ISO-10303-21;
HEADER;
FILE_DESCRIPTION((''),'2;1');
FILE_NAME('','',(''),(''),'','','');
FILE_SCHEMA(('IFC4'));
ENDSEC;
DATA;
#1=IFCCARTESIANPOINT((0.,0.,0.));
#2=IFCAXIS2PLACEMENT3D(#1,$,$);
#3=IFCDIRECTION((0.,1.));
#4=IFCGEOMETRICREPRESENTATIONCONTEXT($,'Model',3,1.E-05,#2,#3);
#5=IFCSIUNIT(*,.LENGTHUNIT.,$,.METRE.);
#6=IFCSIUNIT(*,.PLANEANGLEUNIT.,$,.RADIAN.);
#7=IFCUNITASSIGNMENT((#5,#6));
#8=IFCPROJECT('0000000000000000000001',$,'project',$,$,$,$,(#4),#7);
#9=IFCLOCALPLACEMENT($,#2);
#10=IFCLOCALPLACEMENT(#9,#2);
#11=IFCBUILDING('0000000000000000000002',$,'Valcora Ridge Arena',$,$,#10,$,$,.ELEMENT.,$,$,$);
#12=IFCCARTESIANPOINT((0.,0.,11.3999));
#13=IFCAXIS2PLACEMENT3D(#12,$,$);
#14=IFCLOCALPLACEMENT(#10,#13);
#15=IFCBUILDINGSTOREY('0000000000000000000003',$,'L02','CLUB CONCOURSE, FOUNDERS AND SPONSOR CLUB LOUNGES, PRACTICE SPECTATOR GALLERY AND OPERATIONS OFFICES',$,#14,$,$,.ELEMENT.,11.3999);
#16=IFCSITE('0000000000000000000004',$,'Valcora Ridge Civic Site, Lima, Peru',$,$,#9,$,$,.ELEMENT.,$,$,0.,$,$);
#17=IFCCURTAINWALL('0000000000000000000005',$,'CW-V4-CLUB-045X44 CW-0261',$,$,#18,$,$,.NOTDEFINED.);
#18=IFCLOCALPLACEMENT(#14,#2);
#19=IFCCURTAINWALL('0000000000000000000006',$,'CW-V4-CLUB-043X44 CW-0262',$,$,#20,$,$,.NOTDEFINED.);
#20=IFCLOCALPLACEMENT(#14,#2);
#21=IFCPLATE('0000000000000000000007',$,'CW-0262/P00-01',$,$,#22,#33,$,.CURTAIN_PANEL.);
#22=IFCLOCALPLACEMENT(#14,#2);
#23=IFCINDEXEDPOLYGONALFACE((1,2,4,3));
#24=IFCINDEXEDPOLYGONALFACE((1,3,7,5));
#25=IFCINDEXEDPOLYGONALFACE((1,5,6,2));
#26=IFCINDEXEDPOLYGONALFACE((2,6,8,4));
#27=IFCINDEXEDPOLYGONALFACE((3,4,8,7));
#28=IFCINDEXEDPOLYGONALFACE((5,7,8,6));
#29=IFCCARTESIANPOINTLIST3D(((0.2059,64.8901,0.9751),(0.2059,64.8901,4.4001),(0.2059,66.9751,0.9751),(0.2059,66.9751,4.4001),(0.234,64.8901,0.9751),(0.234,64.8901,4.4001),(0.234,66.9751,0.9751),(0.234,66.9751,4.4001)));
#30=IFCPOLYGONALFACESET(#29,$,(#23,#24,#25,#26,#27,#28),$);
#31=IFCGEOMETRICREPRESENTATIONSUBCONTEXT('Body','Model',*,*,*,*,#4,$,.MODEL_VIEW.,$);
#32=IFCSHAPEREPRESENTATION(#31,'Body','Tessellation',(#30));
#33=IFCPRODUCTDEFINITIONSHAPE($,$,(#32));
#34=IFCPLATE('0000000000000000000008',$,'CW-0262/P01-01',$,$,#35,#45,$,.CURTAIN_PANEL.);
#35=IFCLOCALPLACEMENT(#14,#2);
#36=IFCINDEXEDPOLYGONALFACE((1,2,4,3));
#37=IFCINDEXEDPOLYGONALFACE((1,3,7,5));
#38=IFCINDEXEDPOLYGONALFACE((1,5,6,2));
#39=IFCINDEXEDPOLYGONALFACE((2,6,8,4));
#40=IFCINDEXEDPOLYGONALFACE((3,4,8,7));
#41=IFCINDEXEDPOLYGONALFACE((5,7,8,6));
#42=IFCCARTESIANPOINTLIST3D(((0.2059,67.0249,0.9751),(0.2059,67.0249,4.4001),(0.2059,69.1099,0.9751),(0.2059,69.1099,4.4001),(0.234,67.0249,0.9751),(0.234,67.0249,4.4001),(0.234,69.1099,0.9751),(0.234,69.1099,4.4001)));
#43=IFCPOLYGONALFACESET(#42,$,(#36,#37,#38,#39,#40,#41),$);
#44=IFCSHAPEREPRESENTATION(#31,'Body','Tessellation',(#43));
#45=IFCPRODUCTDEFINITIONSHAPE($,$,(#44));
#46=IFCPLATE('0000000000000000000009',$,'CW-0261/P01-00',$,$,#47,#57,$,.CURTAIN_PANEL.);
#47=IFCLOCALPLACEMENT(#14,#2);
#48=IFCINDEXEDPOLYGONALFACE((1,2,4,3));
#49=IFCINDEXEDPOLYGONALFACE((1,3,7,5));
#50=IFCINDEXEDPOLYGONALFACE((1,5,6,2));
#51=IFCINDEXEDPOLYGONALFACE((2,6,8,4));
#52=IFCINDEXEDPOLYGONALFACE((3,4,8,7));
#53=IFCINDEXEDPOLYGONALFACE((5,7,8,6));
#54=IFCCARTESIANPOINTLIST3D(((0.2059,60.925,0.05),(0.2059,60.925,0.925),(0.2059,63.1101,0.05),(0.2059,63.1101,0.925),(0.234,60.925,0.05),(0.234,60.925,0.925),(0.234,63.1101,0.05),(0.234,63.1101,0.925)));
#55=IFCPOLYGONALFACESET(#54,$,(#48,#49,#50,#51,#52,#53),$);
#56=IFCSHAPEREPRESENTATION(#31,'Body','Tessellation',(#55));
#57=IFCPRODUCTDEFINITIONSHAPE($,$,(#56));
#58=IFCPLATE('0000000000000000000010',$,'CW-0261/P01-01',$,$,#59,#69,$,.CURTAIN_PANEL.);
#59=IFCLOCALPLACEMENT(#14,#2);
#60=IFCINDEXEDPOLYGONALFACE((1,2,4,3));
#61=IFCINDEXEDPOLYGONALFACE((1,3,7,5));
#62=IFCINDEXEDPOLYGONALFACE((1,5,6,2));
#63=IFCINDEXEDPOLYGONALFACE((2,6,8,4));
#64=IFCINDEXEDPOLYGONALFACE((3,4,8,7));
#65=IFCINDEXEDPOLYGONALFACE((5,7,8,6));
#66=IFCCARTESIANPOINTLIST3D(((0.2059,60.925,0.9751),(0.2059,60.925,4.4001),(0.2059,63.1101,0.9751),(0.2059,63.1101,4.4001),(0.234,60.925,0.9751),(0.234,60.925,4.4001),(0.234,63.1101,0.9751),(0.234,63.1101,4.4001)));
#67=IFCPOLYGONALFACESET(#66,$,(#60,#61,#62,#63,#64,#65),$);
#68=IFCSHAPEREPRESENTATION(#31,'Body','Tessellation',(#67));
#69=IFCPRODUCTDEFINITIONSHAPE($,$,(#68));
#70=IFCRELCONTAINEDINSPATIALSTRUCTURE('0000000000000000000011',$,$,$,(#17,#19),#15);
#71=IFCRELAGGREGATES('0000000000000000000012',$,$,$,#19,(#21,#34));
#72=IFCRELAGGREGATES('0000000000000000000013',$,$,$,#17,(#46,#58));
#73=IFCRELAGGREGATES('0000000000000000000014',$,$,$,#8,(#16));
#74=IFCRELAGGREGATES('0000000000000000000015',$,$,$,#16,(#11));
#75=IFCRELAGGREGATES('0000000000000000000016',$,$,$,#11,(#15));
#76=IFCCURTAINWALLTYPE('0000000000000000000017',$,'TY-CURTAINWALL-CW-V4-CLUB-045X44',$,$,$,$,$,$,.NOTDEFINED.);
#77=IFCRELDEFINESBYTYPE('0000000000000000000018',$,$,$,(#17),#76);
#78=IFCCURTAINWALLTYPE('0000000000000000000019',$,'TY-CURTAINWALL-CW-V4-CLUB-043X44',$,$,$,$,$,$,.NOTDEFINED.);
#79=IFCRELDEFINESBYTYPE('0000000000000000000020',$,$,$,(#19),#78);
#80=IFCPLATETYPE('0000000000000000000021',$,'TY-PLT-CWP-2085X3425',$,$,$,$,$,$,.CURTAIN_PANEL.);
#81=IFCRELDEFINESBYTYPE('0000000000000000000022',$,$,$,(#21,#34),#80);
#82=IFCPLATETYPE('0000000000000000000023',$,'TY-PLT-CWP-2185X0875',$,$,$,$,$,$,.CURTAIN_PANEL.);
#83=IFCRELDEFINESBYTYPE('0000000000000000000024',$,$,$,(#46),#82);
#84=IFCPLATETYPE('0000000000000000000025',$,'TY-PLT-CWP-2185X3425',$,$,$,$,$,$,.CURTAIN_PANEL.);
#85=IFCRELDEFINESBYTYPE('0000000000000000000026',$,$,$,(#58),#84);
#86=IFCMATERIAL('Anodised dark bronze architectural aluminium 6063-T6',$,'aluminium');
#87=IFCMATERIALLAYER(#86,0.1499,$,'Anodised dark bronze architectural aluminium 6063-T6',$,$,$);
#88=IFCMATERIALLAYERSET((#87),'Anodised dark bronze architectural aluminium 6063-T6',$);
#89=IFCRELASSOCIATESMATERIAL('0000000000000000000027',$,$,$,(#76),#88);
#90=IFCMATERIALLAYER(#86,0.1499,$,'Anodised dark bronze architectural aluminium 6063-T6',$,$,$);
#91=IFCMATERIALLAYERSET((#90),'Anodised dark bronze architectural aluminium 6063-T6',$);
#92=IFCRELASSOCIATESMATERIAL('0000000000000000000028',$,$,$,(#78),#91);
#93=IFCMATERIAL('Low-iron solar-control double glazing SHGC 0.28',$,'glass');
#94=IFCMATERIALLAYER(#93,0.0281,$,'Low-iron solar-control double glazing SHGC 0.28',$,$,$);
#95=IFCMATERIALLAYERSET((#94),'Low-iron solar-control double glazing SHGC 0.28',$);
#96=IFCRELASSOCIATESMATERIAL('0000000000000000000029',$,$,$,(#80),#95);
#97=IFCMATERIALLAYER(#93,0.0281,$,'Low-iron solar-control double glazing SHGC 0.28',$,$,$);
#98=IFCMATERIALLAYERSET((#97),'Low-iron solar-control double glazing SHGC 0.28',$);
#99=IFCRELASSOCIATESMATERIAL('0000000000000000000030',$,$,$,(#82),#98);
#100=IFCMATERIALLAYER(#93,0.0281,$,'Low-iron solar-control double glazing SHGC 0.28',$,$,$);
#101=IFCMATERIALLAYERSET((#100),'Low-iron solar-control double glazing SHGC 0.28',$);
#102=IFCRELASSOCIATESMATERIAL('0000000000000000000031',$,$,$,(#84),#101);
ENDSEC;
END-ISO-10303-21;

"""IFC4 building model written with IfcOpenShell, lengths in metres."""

from ifc_helpers import new_model, si_unit, direction, frame, origin, origin_2d, place, context, subcontext, project, spatial, rectangle, extrude, material, layer, layer_set, type_object, element, aggregate, save


model = new_model("IFC4")

# Units and contexts
model_context = context("Model", 3, precision=1e-05, world=origin(), true_north=direction((0.0, 1.0)))
body_context = subcontext(model_context, "Body", "Model", "MODEL_VIEW")
ifc_project = project(units=[si_unit("LENGTHUNIT", "METRE"), si_unit("PLANEANGLEUNIT", "RADIAN")], contexts=[model_context])

# Site, building, storey
site_placement = place(None, origin())
site = spatial("IfcSite", under=ifc_project, at=site_placement, Name="Valcora Ridge Civic Site, Lima, Peru", CompositionType="ELEMENT", RefElevation=0.0)
building_placement = place(site_placement, origin())
building = spatial("IfcBuilding", under=site, at=building_placement, Name="Valcora Ridge Arena", CompositionType="ELEMENT")
storey_placement = place(building_placement, frame((0.0, 0.0, 11.3999)))
storey = spatial("IfcBuildingStorey", under=building, at=storey_placement, Name="L02", Description="CLUB CONCOURSE, FOUNDERS AND SPONSOR CLUB LOUNGES, PRACTICE SPECTATOR GALLERY AND OPERATIONS OFFICES", CompositionType="ELEMENT", Elevation=11.3999)

# Curtain wall
ifc_material_1 = material(Name="Anodised dark bronze architectural aluminium 6063-T6", Category="aluminium")
ifc_layer_1 = layer(ifc_material_1, 0.1499, Name="Anodised dark bronze architectural aluminium 6063-T6")
ifc_layer_set_1 = layer_set([ifc_layer_1], Name="Anodised dark bronze architectural aluminium 6063-T6")
curtain_wall_type_1 = type_object("IfcCurtainWallType", Name="TY-CURTAINWALL-CW-V4-CLUB-045X44", PredefinedType="NOTDEFINED", material=ifc_layer_set_1)
curtain_wall_1_placement = place(storey_placement, origin())
curtain_wall_1 = element("IfcCurtainWall", 1, at=curtain_wall_1_placement, inside=storey, type_object=curtain_wall_type_1, Name="CW-V4-CLUB-045X44 CW-0261", PredefinedType="NOTDEFINED")

# Curtain wall, plates
ifc_layer_2 = layer(ifc_material_1, 0.1499, Name="Anodised dark bronze architectural aluminium 6063-T6")
ifc_layer_set_2 = layer_set([ifc_layer_2], Name="Anodised dark bronze architectural aluminium 6063-T6")
curtain_wall_type_2 = type_object("IfcCurtainWallType", Name="TY-CURTAINWALL-CW-V4-CLUB-043X44", PredefinedType="NOTDEFINED", material=ifc_layer_set_2)
curtain_wall_2_placement = place(storey_placement, origin())
curtain_wall_2 = element("IfcCurtainWall", 2, at=curtain_wall_2_placement, inside=storey, type_object=curtain_wall_type_2, Name="CW-V4-CLUB-043X44 CW-0262", PredefinedType="NOTDEFINED")
ifc_material_2 = material(Name="Low-iron solar-control double glazing SHGC 0.28", Category="glass")
ifc_layer_3 = layer(ifc_material_2, 0.0281, Name="Low-iron solar-control double glazing SHGC 0.28")
ifc_layer_set_3 = layer_set([ifc_layer_3], Name="Low-iron solar-control double glazing SHGC 0.28")
plate_type_1 = type_object("IfcPlateType", Name="TY-PLT-CWP-2085X3425", PredefinedType="CURTAIN_PANEL", material=ifc_layer_set_3)
plate_1_placement = place(storey_placement, frame((0.22, 65.9326, 0.9751), z_axis=(0.0, 0.0, 1.0), x_axis=(0.0, 1.0, 0.0)))
plate_1 = element("IfcPlate", 3, at=plate_1_placement, type_object=plate_type_1, Name="CW-0262/P00-01", PredefinedType="CURTAIN_PANEL", context=body_context, shape_type="SweptSolid", body=[
    extrude(rectangle(XDim=2.085, YDim=0.0281, at=origin_2d()), origin(), (0.0, 0.0, 1.0), 3.425),
])
plate_2_placement = place(storey_placement, frame((0.22, 68.0674, 0.9751), z_axis=(0.0, 0.0, 1.0), x_axis=(0.0, 1.0, 0.0)))
plate_2 = element("IfcPlate", 4, at=plate_2_placement, type_object=plate_type_1, Name="CW-0262/P01-01", PredefinedType="CURTAIN_PANEL", context=body_context, shape_type="SweptSolid", body=[
    extrude(rectangle(XDim=2.085, YDim=0.0281, at=origin_2d()), origin(), (0.0, 0.0, 1.0), 3.425),
])
aggregate(curtain_wall_2, [plate_1, plate_2])

# Plates
ifc_layer_4 = layer(ifc_material_2, 0.0281, Name="Low-iron solar-control double glazing SHGC 0.28")
ifc_layer_set_4 = layer_set([ifc_layer_4], Name="Low-iron solar-control double glazing SHGC 0.28")
plate_type_2 = type_object("IfcPlateType", Name="TY-PLT-CWP-2185X0875", PredefinedType="CURTAIN_PANEL", material=ifc_layer_set_4)
plate_3_placement = place(storey_placement, frame((0.22, 62.0176, 0.05), z_axis=(0.0, 0.0, 1.0), x_axis=(0.0, 1.0, 0.0)))
plate_3 = element("IfcPlate", 5, at=plate_3_placement, type_object=plate_type_2, Name="CW-0261/P01-00", PredefinedType="CURTAIN_PANEL", context=body_context, shape_type="SweptSolid", body=[
    extrude(rectangle(XDim=2.1851, YDim=0.0281, at=origin_2d()), origin(), (0.0, 0.0, 1.0), 0.875),
])
ifc_layer_5 = layer(ifc_material_2, 0.0281, Name="Low-iron solar-control double glazing SHGC 0.28")
ifc_layer_set_5 = layer_set([ifc_layer_5], Name="Low-iron solar-control double glazing SHGC 0.28")
plate_type_3 = type_object("IfcPlateType", Name="TY-PLT-CWP-2185X3425", PredefinedType="CURTAIN_PANEL", material=ifc_layer_set_5)
plate_4_placement = place(storey_placement, frame((0.22, 62.0176, 0.9751), z_axis=(0.0, 0.0, 1.0), x_axis=(0.0, 1.0, 0.0)))
plate_4 = element("IfcPlate", 6, at=plate_4_placement, type_object=plate_type_3, Name="CW-0261/P01-01", PredefinedType="CURTAIN_PANEL", context=body_context, shape_type="SweptSolid", body=[
    extrude(rectangle(XDim=2.1851, YDim=0.0281, at=origin_2d()), origin(), (0.0, 0.0, 1.0), 3.425),
])
aggregate(curtain_wall_1, [plate_3, plate_4])

save(model, "model.ifc")
